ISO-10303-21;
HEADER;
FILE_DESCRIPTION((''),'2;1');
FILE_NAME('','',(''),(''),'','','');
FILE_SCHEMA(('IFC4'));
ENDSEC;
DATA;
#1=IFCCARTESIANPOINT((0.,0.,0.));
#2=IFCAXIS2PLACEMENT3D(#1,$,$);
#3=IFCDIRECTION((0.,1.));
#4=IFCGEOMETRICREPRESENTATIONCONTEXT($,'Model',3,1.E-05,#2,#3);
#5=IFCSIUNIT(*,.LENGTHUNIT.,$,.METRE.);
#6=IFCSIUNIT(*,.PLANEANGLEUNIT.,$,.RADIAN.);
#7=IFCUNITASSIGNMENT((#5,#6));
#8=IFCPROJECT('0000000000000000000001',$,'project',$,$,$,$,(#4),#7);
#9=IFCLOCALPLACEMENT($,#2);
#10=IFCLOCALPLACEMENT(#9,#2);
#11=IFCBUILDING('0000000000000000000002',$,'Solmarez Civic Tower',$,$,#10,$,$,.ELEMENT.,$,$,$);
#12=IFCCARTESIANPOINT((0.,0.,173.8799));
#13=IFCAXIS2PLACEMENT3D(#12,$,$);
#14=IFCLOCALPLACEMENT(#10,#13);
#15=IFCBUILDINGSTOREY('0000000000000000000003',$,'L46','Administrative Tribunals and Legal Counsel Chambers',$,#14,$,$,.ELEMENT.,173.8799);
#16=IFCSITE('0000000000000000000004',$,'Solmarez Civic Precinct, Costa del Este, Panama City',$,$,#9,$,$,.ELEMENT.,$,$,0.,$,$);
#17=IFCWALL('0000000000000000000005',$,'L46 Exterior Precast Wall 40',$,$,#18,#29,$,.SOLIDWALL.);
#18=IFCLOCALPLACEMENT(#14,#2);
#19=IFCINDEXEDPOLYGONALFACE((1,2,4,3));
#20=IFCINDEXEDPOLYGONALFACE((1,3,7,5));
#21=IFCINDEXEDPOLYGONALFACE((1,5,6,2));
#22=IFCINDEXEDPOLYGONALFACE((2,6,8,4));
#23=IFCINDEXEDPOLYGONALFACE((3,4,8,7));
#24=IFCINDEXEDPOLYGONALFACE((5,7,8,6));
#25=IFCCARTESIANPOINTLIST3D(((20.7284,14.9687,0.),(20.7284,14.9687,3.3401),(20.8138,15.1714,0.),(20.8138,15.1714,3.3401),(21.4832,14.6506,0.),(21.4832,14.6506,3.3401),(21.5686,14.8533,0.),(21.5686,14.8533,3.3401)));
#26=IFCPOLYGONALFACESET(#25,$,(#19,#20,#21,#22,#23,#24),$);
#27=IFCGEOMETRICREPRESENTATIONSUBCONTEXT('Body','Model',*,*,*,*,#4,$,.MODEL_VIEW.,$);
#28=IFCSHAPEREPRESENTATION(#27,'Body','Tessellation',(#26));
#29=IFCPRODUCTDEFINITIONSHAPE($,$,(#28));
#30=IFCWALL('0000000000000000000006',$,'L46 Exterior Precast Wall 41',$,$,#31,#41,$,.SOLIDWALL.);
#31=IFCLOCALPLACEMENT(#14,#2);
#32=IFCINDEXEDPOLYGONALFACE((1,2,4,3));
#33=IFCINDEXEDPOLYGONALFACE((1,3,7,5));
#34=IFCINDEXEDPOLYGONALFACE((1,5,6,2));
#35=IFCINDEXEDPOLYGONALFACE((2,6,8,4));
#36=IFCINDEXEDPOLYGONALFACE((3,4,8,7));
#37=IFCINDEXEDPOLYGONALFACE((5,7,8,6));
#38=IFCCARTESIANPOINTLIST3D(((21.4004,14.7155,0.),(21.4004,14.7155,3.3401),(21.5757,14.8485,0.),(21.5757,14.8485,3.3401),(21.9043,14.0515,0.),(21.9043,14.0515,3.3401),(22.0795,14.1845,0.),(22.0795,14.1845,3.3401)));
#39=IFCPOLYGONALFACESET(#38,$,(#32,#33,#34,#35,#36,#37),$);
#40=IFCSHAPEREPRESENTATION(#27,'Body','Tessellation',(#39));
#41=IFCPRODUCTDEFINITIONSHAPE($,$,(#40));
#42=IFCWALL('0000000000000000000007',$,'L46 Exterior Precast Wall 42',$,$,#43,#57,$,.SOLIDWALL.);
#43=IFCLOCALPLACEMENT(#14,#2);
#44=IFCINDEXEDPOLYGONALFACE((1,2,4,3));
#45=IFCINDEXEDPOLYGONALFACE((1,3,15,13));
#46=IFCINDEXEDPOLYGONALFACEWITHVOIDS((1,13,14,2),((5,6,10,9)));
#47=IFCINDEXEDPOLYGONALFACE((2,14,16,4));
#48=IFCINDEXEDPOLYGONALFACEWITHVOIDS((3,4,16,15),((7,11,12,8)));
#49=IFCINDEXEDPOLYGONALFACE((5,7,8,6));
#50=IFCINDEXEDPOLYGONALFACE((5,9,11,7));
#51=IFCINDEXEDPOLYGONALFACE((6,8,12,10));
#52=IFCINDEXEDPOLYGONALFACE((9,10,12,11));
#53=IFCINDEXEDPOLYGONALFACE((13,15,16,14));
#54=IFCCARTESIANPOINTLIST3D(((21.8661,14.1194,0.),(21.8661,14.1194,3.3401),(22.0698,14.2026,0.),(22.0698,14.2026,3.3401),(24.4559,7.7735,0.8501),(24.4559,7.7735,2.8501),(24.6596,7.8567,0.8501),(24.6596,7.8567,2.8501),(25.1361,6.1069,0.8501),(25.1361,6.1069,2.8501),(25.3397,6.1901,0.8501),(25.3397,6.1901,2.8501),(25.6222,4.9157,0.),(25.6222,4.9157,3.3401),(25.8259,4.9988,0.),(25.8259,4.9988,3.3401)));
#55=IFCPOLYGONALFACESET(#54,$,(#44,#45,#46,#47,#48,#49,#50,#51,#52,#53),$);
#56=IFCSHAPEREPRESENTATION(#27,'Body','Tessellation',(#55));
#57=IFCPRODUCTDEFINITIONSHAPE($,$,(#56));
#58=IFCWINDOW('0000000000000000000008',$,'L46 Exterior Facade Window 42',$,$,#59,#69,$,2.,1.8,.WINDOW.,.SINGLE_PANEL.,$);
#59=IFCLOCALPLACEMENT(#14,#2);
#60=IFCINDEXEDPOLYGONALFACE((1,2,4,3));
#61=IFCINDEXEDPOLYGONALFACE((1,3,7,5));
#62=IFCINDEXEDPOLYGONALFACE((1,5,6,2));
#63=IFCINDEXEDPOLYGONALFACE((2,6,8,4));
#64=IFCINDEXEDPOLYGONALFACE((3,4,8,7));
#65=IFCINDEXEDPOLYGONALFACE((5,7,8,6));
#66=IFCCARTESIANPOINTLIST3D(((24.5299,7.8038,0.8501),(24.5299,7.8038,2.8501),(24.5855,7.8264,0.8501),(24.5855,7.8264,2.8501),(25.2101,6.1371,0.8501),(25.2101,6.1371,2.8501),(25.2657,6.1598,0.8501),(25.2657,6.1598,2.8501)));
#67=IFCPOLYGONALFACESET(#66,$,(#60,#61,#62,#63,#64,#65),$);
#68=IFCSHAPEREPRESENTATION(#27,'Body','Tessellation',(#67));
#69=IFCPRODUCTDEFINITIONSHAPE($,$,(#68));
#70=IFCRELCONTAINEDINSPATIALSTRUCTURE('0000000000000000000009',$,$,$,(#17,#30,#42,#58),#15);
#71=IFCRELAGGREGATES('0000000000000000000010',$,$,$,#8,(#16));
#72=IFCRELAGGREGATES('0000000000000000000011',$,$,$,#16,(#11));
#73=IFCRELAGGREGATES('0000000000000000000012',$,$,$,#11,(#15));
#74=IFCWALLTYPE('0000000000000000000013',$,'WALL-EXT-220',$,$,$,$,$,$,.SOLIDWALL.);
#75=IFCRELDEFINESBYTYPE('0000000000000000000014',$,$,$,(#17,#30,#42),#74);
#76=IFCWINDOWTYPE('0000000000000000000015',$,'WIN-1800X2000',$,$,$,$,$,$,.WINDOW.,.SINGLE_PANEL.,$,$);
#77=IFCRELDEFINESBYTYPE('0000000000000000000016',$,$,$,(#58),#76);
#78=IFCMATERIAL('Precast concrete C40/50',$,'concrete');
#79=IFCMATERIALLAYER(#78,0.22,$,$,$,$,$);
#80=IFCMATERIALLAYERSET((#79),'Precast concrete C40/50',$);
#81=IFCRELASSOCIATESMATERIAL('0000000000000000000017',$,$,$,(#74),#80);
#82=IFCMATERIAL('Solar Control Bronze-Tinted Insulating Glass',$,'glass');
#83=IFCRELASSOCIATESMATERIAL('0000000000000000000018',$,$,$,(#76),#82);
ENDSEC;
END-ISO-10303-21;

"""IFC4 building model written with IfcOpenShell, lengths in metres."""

from ifc_helpers import new_model, si_unit, direction, frame, frame_2d, origin, place, context, subcontext, project, spatial, rectangle, extrude, material, layer, layer_set, type_object, element, fill, save


model = new_model("IFC4")

# Units and contexts
model_context = context("Model", 3, precision=1e-05, world=origin(), true_north=direction((0.0, 1.0)))
body_context = subcontext(model_context, "Body", "Model", "MODEL_VIEW")
ifc_project = project(units=[si_unit("LENGTHUNIT", "METRE"), si_unit("PLANEANGLEUNIT", "RADIAN")], contexts=[model_context])

# Site, building, storey
site_placement = place(None, origin())
site = spatial("IfcSite", under=ifc_project, at=site_placement, Name="Solmarez Civic Precinct, Costa del Este, Panama City", CompositionType="ELEMENT", RefElevation=0.0)
building_placement = place(site_placement, origin())
building = spatial("IfcBuilding", under=site, at=building_placement, Name="Solmarez Civic Tower", CompositionType="ELEMENT")
storey_placement = place(building_placement, frame((0.0, 0.0, 173.8799)))
storey = spatial("IfcBuildingStorey", under=building, at=storey_placement, Name="L46", Description="Administrative Tribunals and Legal Counsel Chambers", CompositionType="ELEMENT", Elevation=173.8799)

# Walls
ifc_material_1 = material(Name="Precast concrete C40/50", Category="concrete")
ifc_layer_1 = layer(ifc_material_1, 0.22)
ifc_layer_set_1 = layer_set([ifc_layer_1], Name="Precast concrete C40/50")
wall_type = type_object("IfcWallType", Name="WALL-EXT-220", PredefinedType="SOLIDWALL", material=ifc_layer_set_1)
wall_1_placement = place(storey_placement, frame((20.771, 15.0701, 0.0), z_axis=(0.0, 0.0, 1.0), x_axis=(0.921518, -0.388337, 0.0)))
element("IfcWall", 1, at=wall_1_placement, inside=storey, type_object=wall_type, Name="L46 Exterior Precast Wall 40", PredefinedType="SOLIDWALL", context=body_context, shape_type="SweptSolid", body=[
    extrude(rectangle(XDim=0.8191, YDim=0.22, at=frame_2d((0.4097, 0.0))), origin(), (0.0, 0.0, 1.0), 3.3401),
])
wall_2_placement = place(storey_placement, frame((21.488, 14.782, 0.0), z_axis=(0.0, 0.0, 1.0), x_axis=(0.604489, -0.796613, 0.0)))
element("IfcWall", 2, at=wall_2_placement, inside=storey, type_object=wall_type, Name="L46 Exterior Precast Wall 41", PredefinedType="SOLIDWALL", context=body_context, shape_type="SweptSolid", body=[
    extrude(rectangle(XDim=0.8335, YDim=0.22, at=frame_2d((0.4167, 0.0))), origin(), (0.0, 0.0, 1.0), 3.3401),
])

# Wall, opening, window
wall_3_placement = place(storey_placement, frame((21.968, 14.1609, 0.0), z_axis=(0.0, 0.0, 1.0), x_axis=(0.377848, -0.925868, 0.0)))
wall_3 = element("IfcWall", 3, at=wall_3_placement, inside=storey, type_object=wall_type, Name="L46 Exterior Precast Wall 42", PredefinedType="SOLIDWALL", context=body_context, shape_type="SweptSolid", body=[
    extrude(rectangle(XDim=9.9407, YDim=0.22, at=frame_2d((4.9702, 0.0))), origin(), (0.0, 0.0, 1.0), 3.3401),
])
opening_placement = place(wall_3_placement, frame((6.854, 0.0, 0.8501)))
opening = element("IfcOpeningElement", 4, at=opening_placement, cuts=wall_3, PredefinedType="OPENING", context=body_context, shape_type="SweptSolid", body=[
    extrude(rectangle(XDim=1.8, YDim=2.0, at=frame_2d((0.8999, 1.0))), frame((0.0, 0.1199, 0.0), z_axis=(0.0, -1.0, 0.0), x_axis=(1.0, 0.0, 0.0)), (0.0, 0.0, 1.0), 0.24),
])
ifc_material_2 = material(Name="Solar Control Bronze-Tinted Insulating Glass", Category="glass")
window_type = type_object("IfcWindowType", Name="WIN-1800X2000", PartitioningType="SINGLE_PANEL", PredefinedType="WINDOW", material=ifc_material_2)
window_placement = place(opening_placement, origin())
window = element("IfcWindow", 5, at=window_placement, inside=storey, type_object=window_type, Name="L46 Exterior Facade Window 42", OverallHeight=2.0, OverallWidth=1.8, PartitioningType="SINGLE_PANEL", PredefinedType="WINDOW", context=body_context, shape_type="SweptSolid", body=[
    extrude(rectangle(XDim=1.8, YDim=2.0, at=frame_2d((0.8999, 1.0))), frame((0.0, 0.03, 0.0), z_axis=(0.0, -1.0, 0.0), x_axis=(1.0, 0.0, 0.0)), (0.0, 0.0, 1.0), 0.0601),
])
fill(opening, window)

save(model, "model.ifc")
